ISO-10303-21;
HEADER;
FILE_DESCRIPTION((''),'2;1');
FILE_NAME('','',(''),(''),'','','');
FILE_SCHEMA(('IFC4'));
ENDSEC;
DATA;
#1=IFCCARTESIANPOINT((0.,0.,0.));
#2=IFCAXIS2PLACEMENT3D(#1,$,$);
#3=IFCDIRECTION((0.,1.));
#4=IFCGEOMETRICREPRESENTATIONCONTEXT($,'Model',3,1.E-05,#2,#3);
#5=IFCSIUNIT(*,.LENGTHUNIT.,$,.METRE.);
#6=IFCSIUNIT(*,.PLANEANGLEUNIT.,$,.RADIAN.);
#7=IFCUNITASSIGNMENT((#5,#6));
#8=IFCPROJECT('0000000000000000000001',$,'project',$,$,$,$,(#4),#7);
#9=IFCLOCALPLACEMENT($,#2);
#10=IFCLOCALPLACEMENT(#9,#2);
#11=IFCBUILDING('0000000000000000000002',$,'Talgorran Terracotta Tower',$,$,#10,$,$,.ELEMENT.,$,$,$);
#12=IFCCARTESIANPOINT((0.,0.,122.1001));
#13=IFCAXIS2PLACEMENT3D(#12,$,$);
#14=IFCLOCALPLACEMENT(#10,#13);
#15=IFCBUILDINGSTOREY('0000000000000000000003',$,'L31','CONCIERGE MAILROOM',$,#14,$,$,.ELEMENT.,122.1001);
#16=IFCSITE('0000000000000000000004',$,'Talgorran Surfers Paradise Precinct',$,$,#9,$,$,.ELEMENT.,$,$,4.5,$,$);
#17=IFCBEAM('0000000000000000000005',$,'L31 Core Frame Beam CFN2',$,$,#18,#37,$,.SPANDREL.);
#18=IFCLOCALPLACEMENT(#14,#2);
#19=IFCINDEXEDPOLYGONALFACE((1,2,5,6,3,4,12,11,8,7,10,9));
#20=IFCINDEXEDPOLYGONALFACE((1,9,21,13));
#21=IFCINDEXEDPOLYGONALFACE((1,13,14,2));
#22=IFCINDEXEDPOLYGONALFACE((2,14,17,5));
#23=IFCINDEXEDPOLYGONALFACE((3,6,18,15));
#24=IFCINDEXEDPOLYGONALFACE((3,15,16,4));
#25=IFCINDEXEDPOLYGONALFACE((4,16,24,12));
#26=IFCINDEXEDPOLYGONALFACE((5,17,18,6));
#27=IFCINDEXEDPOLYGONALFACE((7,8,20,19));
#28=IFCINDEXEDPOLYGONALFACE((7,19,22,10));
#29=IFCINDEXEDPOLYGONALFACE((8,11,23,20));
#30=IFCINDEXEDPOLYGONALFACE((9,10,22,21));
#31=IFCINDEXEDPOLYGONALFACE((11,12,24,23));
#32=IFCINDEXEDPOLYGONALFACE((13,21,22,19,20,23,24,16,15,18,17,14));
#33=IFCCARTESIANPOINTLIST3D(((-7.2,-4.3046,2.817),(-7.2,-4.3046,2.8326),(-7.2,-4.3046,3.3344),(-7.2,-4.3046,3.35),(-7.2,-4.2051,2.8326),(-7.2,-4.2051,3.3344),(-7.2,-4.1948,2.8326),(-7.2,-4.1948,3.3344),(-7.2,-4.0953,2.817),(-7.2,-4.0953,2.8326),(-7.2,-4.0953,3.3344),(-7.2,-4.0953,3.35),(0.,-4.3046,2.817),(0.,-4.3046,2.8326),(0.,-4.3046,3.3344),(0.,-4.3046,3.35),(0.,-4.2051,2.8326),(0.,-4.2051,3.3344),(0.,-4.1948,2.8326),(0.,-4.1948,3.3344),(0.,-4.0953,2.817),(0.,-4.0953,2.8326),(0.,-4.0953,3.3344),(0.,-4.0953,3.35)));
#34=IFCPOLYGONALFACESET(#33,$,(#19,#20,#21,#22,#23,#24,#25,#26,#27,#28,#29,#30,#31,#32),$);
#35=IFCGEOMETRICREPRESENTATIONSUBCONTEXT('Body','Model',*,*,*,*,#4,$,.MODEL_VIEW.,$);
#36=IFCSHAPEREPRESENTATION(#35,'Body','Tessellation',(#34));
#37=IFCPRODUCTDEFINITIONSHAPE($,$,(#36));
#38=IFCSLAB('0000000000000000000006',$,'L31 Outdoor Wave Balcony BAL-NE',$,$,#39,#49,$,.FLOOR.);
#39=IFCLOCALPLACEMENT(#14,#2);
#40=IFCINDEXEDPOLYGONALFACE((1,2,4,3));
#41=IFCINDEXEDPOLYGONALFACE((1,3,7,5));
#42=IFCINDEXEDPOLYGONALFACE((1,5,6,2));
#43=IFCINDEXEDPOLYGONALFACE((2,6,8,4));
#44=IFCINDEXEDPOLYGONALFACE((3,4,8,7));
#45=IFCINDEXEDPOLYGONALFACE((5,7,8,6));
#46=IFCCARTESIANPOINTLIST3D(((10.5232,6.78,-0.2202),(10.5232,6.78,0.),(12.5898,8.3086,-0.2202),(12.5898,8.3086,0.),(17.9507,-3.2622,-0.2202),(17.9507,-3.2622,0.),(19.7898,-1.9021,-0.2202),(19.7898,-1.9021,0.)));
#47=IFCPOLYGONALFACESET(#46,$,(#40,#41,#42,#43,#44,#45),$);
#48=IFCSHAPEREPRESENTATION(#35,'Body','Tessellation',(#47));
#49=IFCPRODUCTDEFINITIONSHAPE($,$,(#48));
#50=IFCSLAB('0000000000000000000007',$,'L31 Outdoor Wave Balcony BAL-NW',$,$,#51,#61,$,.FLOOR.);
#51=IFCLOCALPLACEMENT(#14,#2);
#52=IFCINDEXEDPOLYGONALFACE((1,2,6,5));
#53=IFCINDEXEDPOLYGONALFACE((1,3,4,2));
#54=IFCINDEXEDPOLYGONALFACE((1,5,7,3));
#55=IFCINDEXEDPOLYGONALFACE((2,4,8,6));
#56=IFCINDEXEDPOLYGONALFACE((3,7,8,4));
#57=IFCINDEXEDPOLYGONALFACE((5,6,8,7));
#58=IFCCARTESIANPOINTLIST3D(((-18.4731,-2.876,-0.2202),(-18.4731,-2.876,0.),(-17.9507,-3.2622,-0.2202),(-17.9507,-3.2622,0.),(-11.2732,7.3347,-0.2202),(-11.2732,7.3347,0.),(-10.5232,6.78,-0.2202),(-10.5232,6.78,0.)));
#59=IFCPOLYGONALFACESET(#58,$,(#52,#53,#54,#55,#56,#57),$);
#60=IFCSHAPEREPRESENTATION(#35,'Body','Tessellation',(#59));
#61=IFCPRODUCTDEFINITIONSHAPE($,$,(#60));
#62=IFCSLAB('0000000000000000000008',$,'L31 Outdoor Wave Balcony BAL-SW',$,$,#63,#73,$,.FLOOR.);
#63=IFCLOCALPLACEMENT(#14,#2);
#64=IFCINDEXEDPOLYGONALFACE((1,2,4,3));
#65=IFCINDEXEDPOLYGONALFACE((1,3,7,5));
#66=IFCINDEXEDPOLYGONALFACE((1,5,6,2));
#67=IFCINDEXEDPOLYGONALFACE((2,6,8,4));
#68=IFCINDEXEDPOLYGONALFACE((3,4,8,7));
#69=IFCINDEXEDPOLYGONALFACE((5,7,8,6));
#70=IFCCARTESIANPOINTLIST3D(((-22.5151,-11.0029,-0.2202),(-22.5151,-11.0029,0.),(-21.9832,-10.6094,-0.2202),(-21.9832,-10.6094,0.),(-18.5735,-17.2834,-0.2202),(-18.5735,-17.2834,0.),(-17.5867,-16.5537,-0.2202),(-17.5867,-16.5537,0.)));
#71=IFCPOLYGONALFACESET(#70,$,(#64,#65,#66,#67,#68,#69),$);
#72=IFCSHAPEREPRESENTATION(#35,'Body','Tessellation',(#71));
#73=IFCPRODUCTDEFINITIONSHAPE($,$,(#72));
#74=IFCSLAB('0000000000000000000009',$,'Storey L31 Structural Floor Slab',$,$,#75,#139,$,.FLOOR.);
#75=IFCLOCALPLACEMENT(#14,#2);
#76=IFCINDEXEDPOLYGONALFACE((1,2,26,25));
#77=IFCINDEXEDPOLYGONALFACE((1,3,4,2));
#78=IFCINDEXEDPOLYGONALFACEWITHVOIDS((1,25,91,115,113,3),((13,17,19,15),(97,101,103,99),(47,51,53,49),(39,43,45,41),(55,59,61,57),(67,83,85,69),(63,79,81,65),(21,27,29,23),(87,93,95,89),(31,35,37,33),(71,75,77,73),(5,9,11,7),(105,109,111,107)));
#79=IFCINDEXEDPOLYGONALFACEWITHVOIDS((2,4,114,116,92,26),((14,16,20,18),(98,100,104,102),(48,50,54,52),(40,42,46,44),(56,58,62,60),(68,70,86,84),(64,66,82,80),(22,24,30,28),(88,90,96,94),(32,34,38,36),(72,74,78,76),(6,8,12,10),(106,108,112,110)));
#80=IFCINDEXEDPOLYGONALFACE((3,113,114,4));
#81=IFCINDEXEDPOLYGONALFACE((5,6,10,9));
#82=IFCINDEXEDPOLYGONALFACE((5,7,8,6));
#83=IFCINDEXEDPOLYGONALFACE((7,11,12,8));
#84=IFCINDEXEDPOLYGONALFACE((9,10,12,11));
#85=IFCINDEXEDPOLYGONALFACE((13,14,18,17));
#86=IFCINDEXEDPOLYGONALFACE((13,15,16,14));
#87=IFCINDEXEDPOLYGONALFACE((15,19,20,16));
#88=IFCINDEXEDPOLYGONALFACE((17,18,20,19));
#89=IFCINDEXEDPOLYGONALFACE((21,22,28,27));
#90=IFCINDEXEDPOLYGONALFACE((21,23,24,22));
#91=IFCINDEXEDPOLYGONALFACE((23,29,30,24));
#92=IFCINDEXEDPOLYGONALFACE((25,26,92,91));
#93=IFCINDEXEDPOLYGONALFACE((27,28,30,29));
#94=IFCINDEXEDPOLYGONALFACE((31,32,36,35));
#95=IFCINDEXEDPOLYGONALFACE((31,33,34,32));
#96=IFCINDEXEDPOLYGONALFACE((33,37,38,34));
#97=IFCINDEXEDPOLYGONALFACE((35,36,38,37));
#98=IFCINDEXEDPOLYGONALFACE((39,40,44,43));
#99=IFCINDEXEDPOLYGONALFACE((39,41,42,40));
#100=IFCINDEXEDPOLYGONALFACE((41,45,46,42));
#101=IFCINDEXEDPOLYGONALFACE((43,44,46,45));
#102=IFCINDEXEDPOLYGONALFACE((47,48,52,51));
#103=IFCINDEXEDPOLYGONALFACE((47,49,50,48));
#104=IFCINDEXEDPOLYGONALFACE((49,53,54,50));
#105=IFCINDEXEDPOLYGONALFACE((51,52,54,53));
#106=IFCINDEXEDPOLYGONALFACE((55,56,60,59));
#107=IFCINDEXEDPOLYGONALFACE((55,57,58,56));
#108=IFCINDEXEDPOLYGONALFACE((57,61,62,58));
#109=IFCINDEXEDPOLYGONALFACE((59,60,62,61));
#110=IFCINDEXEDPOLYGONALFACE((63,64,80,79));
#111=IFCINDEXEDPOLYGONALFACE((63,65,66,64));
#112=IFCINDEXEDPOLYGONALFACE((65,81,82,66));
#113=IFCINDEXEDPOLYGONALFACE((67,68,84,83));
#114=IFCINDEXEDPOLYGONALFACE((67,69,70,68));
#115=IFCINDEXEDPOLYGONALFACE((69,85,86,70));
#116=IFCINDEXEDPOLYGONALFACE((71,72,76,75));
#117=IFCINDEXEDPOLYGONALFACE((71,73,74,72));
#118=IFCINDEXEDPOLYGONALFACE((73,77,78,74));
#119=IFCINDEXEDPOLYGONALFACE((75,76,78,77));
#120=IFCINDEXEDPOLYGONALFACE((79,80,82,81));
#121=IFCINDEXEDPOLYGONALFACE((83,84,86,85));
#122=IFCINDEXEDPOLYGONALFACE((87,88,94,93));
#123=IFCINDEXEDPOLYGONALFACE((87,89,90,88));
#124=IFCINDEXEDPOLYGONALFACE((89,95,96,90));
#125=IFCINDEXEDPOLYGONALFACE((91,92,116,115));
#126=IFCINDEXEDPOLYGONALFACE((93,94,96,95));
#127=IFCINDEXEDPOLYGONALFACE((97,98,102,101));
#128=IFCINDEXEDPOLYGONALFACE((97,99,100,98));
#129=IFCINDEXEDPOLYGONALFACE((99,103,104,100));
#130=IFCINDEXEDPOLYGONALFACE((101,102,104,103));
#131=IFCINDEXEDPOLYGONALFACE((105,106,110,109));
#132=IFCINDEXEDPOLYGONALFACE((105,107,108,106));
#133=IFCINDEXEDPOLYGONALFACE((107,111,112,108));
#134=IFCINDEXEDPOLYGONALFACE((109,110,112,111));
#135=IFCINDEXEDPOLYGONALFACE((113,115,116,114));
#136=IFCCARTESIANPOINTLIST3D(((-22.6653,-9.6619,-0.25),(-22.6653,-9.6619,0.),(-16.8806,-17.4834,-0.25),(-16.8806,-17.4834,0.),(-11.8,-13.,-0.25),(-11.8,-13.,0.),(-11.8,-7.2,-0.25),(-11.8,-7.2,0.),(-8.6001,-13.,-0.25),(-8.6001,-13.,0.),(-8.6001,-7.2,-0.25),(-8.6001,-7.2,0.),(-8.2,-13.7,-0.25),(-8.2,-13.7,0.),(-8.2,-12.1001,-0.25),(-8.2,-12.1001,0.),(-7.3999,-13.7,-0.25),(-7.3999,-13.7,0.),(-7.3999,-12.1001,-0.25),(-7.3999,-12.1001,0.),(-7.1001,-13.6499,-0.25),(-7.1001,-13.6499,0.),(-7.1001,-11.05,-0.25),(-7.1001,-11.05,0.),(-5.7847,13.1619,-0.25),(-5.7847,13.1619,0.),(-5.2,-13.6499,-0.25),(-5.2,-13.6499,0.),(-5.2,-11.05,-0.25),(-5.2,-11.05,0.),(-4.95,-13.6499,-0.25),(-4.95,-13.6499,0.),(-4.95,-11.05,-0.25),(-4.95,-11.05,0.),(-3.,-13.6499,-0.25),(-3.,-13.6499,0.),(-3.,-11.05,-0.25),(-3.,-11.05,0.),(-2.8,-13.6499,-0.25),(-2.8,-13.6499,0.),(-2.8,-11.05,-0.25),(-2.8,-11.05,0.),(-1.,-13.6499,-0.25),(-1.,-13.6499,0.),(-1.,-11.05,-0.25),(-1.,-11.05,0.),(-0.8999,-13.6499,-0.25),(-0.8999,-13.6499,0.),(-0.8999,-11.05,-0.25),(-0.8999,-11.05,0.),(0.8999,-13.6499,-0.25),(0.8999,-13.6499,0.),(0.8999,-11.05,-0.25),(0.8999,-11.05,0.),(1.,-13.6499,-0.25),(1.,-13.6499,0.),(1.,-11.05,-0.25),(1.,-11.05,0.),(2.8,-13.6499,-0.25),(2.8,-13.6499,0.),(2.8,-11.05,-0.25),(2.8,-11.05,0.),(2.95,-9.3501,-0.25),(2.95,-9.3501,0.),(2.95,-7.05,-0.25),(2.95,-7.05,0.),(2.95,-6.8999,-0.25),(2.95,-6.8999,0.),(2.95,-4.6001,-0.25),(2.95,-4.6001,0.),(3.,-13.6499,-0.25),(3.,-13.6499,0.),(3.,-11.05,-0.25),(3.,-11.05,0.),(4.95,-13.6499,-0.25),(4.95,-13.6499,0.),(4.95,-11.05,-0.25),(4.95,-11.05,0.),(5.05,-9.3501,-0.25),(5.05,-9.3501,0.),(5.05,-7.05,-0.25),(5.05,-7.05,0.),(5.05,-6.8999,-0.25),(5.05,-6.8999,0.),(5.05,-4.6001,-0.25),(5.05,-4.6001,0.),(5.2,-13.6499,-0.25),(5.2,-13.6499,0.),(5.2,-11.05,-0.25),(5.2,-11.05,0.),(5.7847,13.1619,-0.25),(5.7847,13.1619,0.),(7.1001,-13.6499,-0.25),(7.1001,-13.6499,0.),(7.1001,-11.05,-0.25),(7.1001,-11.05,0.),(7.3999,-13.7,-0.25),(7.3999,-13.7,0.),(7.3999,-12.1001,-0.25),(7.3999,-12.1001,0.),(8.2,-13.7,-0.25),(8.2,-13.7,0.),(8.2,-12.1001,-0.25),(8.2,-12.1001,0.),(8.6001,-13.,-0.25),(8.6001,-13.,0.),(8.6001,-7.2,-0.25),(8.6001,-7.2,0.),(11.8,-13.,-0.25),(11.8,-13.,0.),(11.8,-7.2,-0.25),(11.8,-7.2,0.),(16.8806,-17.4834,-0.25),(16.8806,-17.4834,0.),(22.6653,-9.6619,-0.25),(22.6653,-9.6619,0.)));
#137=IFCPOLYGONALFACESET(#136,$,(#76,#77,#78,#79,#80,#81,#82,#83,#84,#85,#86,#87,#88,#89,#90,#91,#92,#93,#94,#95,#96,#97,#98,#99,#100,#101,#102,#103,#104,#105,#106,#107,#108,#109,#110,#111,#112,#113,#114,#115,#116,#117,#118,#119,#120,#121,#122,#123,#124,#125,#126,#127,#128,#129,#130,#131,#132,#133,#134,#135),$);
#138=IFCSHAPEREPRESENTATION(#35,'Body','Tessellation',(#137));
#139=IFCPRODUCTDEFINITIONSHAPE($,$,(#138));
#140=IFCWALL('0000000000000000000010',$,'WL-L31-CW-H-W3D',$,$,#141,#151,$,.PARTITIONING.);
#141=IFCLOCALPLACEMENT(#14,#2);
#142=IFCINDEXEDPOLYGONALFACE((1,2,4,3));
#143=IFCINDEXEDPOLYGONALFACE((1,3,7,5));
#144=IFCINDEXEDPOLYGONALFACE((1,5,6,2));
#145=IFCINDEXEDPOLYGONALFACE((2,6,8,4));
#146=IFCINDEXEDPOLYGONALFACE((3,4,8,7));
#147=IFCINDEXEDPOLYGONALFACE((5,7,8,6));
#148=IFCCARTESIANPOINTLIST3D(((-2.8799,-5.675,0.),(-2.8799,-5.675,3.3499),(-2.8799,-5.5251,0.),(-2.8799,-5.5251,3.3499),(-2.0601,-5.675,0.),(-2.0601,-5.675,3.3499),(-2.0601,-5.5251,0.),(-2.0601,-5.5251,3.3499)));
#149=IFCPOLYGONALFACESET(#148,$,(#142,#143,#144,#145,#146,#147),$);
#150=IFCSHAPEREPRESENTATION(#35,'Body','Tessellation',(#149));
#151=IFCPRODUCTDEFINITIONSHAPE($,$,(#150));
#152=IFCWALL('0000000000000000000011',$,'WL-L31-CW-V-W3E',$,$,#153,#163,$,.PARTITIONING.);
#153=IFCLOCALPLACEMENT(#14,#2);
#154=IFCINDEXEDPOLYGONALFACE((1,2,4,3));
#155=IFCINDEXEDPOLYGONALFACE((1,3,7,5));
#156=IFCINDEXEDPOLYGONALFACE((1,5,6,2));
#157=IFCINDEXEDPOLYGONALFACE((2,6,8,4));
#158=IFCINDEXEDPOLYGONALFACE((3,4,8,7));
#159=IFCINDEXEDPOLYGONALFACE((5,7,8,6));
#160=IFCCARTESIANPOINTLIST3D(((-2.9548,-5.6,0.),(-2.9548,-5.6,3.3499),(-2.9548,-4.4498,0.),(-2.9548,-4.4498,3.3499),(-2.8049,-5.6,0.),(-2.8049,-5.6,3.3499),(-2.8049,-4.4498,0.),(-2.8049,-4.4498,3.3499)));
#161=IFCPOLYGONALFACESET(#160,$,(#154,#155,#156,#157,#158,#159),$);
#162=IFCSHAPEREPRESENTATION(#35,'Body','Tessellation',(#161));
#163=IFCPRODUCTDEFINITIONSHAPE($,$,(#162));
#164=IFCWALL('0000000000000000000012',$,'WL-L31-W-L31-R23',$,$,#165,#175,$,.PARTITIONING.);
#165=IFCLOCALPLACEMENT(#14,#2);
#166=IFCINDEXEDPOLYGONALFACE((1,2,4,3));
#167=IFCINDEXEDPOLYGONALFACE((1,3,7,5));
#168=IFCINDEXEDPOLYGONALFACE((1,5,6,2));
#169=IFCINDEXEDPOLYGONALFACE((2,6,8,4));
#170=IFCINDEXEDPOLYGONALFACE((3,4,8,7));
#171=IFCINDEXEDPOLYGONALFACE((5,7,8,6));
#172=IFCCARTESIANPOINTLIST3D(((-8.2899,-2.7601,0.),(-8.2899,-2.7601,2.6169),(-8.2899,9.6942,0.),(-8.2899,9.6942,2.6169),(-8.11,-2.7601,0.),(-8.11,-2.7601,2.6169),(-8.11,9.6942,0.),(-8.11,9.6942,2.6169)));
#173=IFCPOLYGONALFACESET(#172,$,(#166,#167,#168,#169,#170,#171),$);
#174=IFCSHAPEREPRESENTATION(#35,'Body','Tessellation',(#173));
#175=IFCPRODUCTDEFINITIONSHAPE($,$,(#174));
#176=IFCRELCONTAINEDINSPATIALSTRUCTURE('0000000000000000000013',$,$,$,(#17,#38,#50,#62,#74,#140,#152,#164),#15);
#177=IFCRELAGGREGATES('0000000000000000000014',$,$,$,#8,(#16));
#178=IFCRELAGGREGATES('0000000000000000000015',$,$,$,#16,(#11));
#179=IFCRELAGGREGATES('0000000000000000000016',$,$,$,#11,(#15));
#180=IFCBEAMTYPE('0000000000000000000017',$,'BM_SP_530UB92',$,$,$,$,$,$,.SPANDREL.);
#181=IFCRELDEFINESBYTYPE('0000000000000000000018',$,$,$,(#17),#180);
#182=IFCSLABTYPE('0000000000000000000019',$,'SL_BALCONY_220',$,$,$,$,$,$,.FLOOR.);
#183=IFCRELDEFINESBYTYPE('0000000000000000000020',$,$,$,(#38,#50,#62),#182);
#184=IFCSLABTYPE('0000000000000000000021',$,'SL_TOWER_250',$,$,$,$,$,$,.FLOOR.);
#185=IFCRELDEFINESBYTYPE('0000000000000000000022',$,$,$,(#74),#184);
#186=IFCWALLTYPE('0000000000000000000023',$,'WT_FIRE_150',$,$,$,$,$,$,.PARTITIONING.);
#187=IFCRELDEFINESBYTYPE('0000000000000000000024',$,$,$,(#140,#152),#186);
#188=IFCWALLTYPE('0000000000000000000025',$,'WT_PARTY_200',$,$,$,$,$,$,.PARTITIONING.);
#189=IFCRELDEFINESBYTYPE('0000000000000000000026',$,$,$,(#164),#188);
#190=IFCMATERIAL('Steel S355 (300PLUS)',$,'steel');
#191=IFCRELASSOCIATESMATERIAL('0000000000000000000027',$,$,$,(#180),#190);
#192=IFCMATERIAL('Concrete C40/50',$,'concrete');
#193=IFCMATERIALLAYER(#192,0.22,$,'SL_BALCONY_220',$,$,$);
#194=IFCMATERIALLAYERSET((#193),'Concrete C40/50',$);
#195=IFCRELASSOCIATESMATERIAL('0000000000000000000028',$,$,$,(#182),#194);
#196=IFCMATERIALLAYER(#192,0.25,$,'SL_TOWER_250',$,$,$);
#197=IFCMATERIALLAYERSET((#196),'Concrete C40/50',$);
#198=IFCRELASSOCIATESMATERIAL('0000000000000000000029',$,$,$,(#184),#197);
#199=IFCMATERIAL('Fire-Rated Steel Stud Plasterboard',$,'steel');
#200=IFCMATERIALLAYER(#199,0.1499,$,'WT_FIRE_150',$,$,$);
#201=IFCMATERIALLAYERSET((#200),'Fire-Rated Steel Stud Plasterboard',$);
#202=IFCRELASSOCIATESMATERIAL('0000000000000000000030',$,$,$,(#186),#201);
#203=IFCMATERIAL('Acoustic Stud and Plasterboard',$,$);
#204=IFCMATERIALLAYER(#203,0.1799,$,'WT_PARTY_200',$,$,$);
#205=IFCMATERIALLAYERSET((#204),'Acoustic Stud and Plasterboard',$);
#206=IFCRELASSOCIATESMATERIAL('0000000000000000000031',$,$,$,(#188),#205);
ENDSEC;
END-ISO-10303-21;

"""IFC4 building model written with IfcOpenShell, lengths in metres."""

from ifc_helpers import new_model, si_unit, direction, frame, frame_2d, origin, origin_2d, place, context, subcontext, project, spatial, polyline, rectangle, i_section, outline, extrude, material, layer, layer_set, material_profile, profile_set, type_object, element, save


model = new_model("IFC4")

# Units and contexts
model_context = context("Model", 3, precision=1e-05, world=origin(), true_north=direction((0.0, 1.0)))
body_context = subcontext(model_context, "Body", "Model", "MODEL_VIEW")
ifc_project = project(units=[si_unit("LENGTHUNIT", "METRE"), si_unit("PLANEANGLEUNIT", "RADIAN")], contexts=[model_context])

# Site, building, storey
site_placement = place(None, origin())
site = spatial("IfcSite", under=ifc_project, at=site_placement, Name="Talgorran Surfers Paradise Precinct", CompositionType="ELEMENT", RefElevation=4.5)
building_placement = place(site_placement, origin())
building = spatial("IfcBuilding", under=site, at=building_placement, Name="Talgorran Terracotta Tower", CompositionType="ELEMENT")
storey_placement = place(building_placement, frame((0.0, 0.0, 122.1001)))
storey = spatial("IfcBuildingStorey", under=building, at=storey_placement, Name="L31", Description="CONCIERGE MAILROOM", CompositionType="ELEMENT", Elevation=122.1001)

# Shared definitions
ifc_material_1 = material(Name="Steel S355 (300PLUS)", Category="steel")

# Beam
ifc_material_profile_1 = material_profile(ifc_material_1, i_section(OverallWidth=0.2092, OverallDepth=0.533, WebThickness=0.0103, FlangeThickness=0.0156, at=origin_2d()), Name="530UB92.4")
ifc_profile_set_1 = profile_set([ifc_material_profile_1], Name="Steel S355 (300PLUS)")
beam_type_1 = type_object("IfcBeamType", Name="BM_SP_530UB92", PredefinedType="SPANDREL", material=ifc_profile_set_1)
beam_1_placement = place(storey_placement, frame((-7.2, -4.2, 3.0835), z_axis=(1.0, 0.0, 0.0), x_axis=(0.0, 1.0, 0.0)))
element("IfcBeam", 1, at=beam_1_placement, inside=storey, type_object=beam_type_1, Name="L31 Core Frame Beam CFN2", PredefinedType="SPANDREL", context=body_context, shape_type="SweptSolid", body=[
    extrude(i_section(OverallWidth=0.2092, OverallDepth=0.533, WebThickness=0.0103, FlangeThickness=0.0156, at=origin_2d()), origin(), (0.0, 0.0, 1.0), 7.2),
])

# Slabs
ifc_material_2 = material(Name="Concrete C40/50", Category="concrete")
ifc_layer_1 = layer(ifc_material_2, 0.22, Name="SL_BALCONY_220")
ifc_layer_set_1 = layer_set([ifc_layer_1], Name="Concrete C40/50")
slab_type_1 = type_object("IfcSlabType", Name="SL_BALCONY_220", PredefinedType="FLOOR", material=ifc_layer_set_1)
slab_1_placement = place(storey_placement, frame((0.0, 0.0, -0.2202)))
element("IfcSlab", 2, at=slab_1_placement, inside=storey, type_object=slab_type_1, Name="L31 Outdoor Wave Balcony BAL-NE", PredefinedType="FLOOR", context=body_context, shape_type="SweptSolid", body=[
    extrude(outline(polyline([(10.5232, 6.78), (17.9507, -3.2622), (19.7898, -1.9021), (12.5898, 8.3086), (10.5232, 6.78)])), origin(), (0.0, 0.0, 1.0), 0.2202),
])
slab_2_placement = place(storey_placement, frame((0.0, 0.0, -0.2202)))
element("IfcSlab", 3, at=slab_2_placement, inside=storey, type_object=slab_type_1, Name="L31 Outdoor Wave Balcony BAL-NW", PredefinedType="FLOOR", context=body_context, shape_type="SweptSolid", body=[
    extrude(outline(polyline([(-17.9507, -3.2622), (-10.5232, 6.78), (-11.2732, 7.3347), (-18.4731, -2.876), (-17.9507, -3.2622)])), origin(), (0.0, 0.0, 1.0), 0.2202),
])
slab_3_placement = place(storey_placement, frame((0.0, 0.0, -0.2202)))
element("IfcSlab", 4, at=slab_3_placement, inside=storey, type_object=slab_type_1, Name="L31 Outdoor Wave Balcony BAL-SW", PredefinedType="FLOOR", context=body_context, shape_type="SweptSolid", body=[
    extrude(outline(polyline([(-17.5867, -16.5537), (-21.9832, -10.6094), (-22.5151, -11.0029), (-18.5735, -17.2834), (-17.5867, -16.5537)])), origin(), (0.0, 0.0, 1.0), 0.2202),
])
ifc_layer_2 = layer(ifc_material_2, 0.25, Name="SL_TOWER_250")
ifc_layer_set_2 = layer_set([ifc_layer_2], Name="Concrete C40/50")
slab_type_2 = type_object("IfcSlabType", Name="SL_TOWER_250", PredefinedType="FLOOR", material=ifc_layer_set_2)
slab_4_placement = place(storey_placement, frame((0.0, 0.0, -0.25)))
element("IfcSlab", 5, at=slab_4_placement, inside=storey, type_object=slab_type_2, Name="Storey L31 Structural Floor Slab", PredefinedType="FLOOR", context=body_context, shape_type="SweptSolid", body=[
    extrude(outline(polyline([(-22.6653, -9.6619), (-16.8806, -17.4834), (16.8806, -17.4834), (22.6653, -9.6619), (5.7847, 13.1619), (-5.7847, 13.1619), (-22.6653, -9.6619)]), holes=[polyline([(-11.8, -7.2), (-11.8, -13.0), (-8.6001, -13.0), (-8.6001, -7.2), (-11.8, -7.2)]), polyline([(8.6001, -7.2), (8.6001, -13.0), (11.8, -13.0), (11.8, -7.2), (8.6001, -7.2)]), polyline([(-7.1001, -13.6499), (-5.2, -13.6499), (-5.2, -11.05), (-7.1001, -11.05), (-7.1001, -13.6499)]), polyline([(5.2, -13.6499), (7.1001, -13.6499), (7.1001, -11.05), (5.2, -11.05), (5.2, -13.6499)]), polyline([(3.0, -13.6499), (4.95, -13.6499), (4.95, -11.05), (3.0, -11.05), (3.0, -13.6499)]), polyline([(-4.95, -13.6499), (-3.0, -13.6499), (-3.0, -11.05), (-4.95, -11.05), (-4.95, -13.6499)]), polyline([(2.95, -9.3501), (5.05, -9.3501), (5.05, -7.05), (2.95, -7.05), (2.95, -9.3501)]), polyline([(2.95, -6.8999), (5.05, -6.8999), (5.05, -4.6001), (2.95, -4.6001), (2.95, -6.8999)]), polyline([(-2.8, -13.6499), (-1.0, -13.6499), (-1.0, -11.05), (-2.8, -11.05), (-2.8, -13.6499)]), polyline([(-0.8999, -13.6499), (0.8999, -13.6499), (0.8999, -11.05), (-0.8999, -11.05), (-0.8999, -13.6499)]), polyline([(1.0, -13.6499), (2.8, -13.6499), (2.8, -11.05), (1.0, -11.05), (1.0, -13.6499)]), polyline([(-8.2, -13.7), (-7.3999, -13.7), (-7.3999, -12.1001), (-8.2, -12.1001), (-8.2, -13.7)]), polyline([(7.3999, -13.7), (8.2, -13.7), (8.2, -12.1001), (7.3999, -12.1001), (7.3999, -13.7)])]), origin(), (0.0, 0.0, 1.0), 0.25),
])

# Walls
ifc_material_3 = material(Name="Fire-Rated Steel Stud Plasterboard", Category="steel")
ifc_layer_3 = layer(ifc_material_3, 0.1499, Name="WT_FIRE_150")
ifc_layer_set_3 = layer_set([ifc_layer_3], Name="Fire-Rated Steel Stud Plasterboard")
wall_type_1 = type_object("IfcWallType", Name="WT_FIRE_150", PredefinedType="PARTITIONING", material=ifc_layer_set_3)
wall_1_placement = place(storey_placement, frame((-2.8799, -5.6001, 0.0), z_axis=(0.0, 0.0, 1.0), x_axis=(1.0, 0.0, 0.0)))
element("IfcWall", 6, at=wall_1_placement, inside=storey, type_object=wall_type_1, Name="WL-L31-CW-H-W3D", PredefinedType="PARTITIONING", context=body_context, shape_type="SweptSolid", body=[
    extrude(rectangle(XDim=0.8198, YDim=0.1499, at=frame_2d((0.4099, 0.0))), origin(), (0.0, 0.0, 1.0), 3.3499),
])
wall_2_placement = place(storey_placement, frame((-2.8799, -5.6001, 0.0), z_axis=(0.0, 0.0, 1.0), x_axis=(0.0, 1.0, 0.0)))
element("IfcWall", 7, at=wall_2_placement, inside=storey, type_object=wall_type_1, Name="WL-L31-CW-V-W3E", PredefinedType="PARTITIONING", context=body_context, shape_type="SweptSolid", body=[
    extrude(rectangle(XDim=1.1501, YDim=0.1499, at=frame_2d((0.5752, 0.0))), origin(), (0.0, 0.0, 1.0), 3.3499),
])
ifc_material_4 = material(Name="Acoustic Stud and Plasterboard")
ifc_layer_4 = layer(ifc_material_4, 0.1799, Name="WT_PARTY_200")
ifc_layer_set_4 = layer_set([ifc_layer_4], Name="Acoustic Stud and Plasterboard")
wall_type_2 = type_object("IfcWallType", Name="WT_PARTY_200", PredefinedType="PARTITIONING", material=ifc_layer_set_4)
wall_3_placement = place(storey_placement, frame((-8.2, -2.76, 0.0), z_axis=(0.0, 0.0, 1.0), x_axis=(0.0, 1.0, 0.0)))
element("IfcWall", 8, at=wall_3_placement, inside=storey, type_object=wall_type_2, Name="WL-L31-W-L31-R23", PredefinedType="PARTITIONING", context=body_context, shape_type="SweptSolid", body=[
    extrude(rectangle(XDim=12.4543, YDim=0.1799, at=frame_2d((6.2271, 0.0))), origin(), (0.0, 0.0, 1.0), 2.6169),
])

save(model, "model.ifc")
